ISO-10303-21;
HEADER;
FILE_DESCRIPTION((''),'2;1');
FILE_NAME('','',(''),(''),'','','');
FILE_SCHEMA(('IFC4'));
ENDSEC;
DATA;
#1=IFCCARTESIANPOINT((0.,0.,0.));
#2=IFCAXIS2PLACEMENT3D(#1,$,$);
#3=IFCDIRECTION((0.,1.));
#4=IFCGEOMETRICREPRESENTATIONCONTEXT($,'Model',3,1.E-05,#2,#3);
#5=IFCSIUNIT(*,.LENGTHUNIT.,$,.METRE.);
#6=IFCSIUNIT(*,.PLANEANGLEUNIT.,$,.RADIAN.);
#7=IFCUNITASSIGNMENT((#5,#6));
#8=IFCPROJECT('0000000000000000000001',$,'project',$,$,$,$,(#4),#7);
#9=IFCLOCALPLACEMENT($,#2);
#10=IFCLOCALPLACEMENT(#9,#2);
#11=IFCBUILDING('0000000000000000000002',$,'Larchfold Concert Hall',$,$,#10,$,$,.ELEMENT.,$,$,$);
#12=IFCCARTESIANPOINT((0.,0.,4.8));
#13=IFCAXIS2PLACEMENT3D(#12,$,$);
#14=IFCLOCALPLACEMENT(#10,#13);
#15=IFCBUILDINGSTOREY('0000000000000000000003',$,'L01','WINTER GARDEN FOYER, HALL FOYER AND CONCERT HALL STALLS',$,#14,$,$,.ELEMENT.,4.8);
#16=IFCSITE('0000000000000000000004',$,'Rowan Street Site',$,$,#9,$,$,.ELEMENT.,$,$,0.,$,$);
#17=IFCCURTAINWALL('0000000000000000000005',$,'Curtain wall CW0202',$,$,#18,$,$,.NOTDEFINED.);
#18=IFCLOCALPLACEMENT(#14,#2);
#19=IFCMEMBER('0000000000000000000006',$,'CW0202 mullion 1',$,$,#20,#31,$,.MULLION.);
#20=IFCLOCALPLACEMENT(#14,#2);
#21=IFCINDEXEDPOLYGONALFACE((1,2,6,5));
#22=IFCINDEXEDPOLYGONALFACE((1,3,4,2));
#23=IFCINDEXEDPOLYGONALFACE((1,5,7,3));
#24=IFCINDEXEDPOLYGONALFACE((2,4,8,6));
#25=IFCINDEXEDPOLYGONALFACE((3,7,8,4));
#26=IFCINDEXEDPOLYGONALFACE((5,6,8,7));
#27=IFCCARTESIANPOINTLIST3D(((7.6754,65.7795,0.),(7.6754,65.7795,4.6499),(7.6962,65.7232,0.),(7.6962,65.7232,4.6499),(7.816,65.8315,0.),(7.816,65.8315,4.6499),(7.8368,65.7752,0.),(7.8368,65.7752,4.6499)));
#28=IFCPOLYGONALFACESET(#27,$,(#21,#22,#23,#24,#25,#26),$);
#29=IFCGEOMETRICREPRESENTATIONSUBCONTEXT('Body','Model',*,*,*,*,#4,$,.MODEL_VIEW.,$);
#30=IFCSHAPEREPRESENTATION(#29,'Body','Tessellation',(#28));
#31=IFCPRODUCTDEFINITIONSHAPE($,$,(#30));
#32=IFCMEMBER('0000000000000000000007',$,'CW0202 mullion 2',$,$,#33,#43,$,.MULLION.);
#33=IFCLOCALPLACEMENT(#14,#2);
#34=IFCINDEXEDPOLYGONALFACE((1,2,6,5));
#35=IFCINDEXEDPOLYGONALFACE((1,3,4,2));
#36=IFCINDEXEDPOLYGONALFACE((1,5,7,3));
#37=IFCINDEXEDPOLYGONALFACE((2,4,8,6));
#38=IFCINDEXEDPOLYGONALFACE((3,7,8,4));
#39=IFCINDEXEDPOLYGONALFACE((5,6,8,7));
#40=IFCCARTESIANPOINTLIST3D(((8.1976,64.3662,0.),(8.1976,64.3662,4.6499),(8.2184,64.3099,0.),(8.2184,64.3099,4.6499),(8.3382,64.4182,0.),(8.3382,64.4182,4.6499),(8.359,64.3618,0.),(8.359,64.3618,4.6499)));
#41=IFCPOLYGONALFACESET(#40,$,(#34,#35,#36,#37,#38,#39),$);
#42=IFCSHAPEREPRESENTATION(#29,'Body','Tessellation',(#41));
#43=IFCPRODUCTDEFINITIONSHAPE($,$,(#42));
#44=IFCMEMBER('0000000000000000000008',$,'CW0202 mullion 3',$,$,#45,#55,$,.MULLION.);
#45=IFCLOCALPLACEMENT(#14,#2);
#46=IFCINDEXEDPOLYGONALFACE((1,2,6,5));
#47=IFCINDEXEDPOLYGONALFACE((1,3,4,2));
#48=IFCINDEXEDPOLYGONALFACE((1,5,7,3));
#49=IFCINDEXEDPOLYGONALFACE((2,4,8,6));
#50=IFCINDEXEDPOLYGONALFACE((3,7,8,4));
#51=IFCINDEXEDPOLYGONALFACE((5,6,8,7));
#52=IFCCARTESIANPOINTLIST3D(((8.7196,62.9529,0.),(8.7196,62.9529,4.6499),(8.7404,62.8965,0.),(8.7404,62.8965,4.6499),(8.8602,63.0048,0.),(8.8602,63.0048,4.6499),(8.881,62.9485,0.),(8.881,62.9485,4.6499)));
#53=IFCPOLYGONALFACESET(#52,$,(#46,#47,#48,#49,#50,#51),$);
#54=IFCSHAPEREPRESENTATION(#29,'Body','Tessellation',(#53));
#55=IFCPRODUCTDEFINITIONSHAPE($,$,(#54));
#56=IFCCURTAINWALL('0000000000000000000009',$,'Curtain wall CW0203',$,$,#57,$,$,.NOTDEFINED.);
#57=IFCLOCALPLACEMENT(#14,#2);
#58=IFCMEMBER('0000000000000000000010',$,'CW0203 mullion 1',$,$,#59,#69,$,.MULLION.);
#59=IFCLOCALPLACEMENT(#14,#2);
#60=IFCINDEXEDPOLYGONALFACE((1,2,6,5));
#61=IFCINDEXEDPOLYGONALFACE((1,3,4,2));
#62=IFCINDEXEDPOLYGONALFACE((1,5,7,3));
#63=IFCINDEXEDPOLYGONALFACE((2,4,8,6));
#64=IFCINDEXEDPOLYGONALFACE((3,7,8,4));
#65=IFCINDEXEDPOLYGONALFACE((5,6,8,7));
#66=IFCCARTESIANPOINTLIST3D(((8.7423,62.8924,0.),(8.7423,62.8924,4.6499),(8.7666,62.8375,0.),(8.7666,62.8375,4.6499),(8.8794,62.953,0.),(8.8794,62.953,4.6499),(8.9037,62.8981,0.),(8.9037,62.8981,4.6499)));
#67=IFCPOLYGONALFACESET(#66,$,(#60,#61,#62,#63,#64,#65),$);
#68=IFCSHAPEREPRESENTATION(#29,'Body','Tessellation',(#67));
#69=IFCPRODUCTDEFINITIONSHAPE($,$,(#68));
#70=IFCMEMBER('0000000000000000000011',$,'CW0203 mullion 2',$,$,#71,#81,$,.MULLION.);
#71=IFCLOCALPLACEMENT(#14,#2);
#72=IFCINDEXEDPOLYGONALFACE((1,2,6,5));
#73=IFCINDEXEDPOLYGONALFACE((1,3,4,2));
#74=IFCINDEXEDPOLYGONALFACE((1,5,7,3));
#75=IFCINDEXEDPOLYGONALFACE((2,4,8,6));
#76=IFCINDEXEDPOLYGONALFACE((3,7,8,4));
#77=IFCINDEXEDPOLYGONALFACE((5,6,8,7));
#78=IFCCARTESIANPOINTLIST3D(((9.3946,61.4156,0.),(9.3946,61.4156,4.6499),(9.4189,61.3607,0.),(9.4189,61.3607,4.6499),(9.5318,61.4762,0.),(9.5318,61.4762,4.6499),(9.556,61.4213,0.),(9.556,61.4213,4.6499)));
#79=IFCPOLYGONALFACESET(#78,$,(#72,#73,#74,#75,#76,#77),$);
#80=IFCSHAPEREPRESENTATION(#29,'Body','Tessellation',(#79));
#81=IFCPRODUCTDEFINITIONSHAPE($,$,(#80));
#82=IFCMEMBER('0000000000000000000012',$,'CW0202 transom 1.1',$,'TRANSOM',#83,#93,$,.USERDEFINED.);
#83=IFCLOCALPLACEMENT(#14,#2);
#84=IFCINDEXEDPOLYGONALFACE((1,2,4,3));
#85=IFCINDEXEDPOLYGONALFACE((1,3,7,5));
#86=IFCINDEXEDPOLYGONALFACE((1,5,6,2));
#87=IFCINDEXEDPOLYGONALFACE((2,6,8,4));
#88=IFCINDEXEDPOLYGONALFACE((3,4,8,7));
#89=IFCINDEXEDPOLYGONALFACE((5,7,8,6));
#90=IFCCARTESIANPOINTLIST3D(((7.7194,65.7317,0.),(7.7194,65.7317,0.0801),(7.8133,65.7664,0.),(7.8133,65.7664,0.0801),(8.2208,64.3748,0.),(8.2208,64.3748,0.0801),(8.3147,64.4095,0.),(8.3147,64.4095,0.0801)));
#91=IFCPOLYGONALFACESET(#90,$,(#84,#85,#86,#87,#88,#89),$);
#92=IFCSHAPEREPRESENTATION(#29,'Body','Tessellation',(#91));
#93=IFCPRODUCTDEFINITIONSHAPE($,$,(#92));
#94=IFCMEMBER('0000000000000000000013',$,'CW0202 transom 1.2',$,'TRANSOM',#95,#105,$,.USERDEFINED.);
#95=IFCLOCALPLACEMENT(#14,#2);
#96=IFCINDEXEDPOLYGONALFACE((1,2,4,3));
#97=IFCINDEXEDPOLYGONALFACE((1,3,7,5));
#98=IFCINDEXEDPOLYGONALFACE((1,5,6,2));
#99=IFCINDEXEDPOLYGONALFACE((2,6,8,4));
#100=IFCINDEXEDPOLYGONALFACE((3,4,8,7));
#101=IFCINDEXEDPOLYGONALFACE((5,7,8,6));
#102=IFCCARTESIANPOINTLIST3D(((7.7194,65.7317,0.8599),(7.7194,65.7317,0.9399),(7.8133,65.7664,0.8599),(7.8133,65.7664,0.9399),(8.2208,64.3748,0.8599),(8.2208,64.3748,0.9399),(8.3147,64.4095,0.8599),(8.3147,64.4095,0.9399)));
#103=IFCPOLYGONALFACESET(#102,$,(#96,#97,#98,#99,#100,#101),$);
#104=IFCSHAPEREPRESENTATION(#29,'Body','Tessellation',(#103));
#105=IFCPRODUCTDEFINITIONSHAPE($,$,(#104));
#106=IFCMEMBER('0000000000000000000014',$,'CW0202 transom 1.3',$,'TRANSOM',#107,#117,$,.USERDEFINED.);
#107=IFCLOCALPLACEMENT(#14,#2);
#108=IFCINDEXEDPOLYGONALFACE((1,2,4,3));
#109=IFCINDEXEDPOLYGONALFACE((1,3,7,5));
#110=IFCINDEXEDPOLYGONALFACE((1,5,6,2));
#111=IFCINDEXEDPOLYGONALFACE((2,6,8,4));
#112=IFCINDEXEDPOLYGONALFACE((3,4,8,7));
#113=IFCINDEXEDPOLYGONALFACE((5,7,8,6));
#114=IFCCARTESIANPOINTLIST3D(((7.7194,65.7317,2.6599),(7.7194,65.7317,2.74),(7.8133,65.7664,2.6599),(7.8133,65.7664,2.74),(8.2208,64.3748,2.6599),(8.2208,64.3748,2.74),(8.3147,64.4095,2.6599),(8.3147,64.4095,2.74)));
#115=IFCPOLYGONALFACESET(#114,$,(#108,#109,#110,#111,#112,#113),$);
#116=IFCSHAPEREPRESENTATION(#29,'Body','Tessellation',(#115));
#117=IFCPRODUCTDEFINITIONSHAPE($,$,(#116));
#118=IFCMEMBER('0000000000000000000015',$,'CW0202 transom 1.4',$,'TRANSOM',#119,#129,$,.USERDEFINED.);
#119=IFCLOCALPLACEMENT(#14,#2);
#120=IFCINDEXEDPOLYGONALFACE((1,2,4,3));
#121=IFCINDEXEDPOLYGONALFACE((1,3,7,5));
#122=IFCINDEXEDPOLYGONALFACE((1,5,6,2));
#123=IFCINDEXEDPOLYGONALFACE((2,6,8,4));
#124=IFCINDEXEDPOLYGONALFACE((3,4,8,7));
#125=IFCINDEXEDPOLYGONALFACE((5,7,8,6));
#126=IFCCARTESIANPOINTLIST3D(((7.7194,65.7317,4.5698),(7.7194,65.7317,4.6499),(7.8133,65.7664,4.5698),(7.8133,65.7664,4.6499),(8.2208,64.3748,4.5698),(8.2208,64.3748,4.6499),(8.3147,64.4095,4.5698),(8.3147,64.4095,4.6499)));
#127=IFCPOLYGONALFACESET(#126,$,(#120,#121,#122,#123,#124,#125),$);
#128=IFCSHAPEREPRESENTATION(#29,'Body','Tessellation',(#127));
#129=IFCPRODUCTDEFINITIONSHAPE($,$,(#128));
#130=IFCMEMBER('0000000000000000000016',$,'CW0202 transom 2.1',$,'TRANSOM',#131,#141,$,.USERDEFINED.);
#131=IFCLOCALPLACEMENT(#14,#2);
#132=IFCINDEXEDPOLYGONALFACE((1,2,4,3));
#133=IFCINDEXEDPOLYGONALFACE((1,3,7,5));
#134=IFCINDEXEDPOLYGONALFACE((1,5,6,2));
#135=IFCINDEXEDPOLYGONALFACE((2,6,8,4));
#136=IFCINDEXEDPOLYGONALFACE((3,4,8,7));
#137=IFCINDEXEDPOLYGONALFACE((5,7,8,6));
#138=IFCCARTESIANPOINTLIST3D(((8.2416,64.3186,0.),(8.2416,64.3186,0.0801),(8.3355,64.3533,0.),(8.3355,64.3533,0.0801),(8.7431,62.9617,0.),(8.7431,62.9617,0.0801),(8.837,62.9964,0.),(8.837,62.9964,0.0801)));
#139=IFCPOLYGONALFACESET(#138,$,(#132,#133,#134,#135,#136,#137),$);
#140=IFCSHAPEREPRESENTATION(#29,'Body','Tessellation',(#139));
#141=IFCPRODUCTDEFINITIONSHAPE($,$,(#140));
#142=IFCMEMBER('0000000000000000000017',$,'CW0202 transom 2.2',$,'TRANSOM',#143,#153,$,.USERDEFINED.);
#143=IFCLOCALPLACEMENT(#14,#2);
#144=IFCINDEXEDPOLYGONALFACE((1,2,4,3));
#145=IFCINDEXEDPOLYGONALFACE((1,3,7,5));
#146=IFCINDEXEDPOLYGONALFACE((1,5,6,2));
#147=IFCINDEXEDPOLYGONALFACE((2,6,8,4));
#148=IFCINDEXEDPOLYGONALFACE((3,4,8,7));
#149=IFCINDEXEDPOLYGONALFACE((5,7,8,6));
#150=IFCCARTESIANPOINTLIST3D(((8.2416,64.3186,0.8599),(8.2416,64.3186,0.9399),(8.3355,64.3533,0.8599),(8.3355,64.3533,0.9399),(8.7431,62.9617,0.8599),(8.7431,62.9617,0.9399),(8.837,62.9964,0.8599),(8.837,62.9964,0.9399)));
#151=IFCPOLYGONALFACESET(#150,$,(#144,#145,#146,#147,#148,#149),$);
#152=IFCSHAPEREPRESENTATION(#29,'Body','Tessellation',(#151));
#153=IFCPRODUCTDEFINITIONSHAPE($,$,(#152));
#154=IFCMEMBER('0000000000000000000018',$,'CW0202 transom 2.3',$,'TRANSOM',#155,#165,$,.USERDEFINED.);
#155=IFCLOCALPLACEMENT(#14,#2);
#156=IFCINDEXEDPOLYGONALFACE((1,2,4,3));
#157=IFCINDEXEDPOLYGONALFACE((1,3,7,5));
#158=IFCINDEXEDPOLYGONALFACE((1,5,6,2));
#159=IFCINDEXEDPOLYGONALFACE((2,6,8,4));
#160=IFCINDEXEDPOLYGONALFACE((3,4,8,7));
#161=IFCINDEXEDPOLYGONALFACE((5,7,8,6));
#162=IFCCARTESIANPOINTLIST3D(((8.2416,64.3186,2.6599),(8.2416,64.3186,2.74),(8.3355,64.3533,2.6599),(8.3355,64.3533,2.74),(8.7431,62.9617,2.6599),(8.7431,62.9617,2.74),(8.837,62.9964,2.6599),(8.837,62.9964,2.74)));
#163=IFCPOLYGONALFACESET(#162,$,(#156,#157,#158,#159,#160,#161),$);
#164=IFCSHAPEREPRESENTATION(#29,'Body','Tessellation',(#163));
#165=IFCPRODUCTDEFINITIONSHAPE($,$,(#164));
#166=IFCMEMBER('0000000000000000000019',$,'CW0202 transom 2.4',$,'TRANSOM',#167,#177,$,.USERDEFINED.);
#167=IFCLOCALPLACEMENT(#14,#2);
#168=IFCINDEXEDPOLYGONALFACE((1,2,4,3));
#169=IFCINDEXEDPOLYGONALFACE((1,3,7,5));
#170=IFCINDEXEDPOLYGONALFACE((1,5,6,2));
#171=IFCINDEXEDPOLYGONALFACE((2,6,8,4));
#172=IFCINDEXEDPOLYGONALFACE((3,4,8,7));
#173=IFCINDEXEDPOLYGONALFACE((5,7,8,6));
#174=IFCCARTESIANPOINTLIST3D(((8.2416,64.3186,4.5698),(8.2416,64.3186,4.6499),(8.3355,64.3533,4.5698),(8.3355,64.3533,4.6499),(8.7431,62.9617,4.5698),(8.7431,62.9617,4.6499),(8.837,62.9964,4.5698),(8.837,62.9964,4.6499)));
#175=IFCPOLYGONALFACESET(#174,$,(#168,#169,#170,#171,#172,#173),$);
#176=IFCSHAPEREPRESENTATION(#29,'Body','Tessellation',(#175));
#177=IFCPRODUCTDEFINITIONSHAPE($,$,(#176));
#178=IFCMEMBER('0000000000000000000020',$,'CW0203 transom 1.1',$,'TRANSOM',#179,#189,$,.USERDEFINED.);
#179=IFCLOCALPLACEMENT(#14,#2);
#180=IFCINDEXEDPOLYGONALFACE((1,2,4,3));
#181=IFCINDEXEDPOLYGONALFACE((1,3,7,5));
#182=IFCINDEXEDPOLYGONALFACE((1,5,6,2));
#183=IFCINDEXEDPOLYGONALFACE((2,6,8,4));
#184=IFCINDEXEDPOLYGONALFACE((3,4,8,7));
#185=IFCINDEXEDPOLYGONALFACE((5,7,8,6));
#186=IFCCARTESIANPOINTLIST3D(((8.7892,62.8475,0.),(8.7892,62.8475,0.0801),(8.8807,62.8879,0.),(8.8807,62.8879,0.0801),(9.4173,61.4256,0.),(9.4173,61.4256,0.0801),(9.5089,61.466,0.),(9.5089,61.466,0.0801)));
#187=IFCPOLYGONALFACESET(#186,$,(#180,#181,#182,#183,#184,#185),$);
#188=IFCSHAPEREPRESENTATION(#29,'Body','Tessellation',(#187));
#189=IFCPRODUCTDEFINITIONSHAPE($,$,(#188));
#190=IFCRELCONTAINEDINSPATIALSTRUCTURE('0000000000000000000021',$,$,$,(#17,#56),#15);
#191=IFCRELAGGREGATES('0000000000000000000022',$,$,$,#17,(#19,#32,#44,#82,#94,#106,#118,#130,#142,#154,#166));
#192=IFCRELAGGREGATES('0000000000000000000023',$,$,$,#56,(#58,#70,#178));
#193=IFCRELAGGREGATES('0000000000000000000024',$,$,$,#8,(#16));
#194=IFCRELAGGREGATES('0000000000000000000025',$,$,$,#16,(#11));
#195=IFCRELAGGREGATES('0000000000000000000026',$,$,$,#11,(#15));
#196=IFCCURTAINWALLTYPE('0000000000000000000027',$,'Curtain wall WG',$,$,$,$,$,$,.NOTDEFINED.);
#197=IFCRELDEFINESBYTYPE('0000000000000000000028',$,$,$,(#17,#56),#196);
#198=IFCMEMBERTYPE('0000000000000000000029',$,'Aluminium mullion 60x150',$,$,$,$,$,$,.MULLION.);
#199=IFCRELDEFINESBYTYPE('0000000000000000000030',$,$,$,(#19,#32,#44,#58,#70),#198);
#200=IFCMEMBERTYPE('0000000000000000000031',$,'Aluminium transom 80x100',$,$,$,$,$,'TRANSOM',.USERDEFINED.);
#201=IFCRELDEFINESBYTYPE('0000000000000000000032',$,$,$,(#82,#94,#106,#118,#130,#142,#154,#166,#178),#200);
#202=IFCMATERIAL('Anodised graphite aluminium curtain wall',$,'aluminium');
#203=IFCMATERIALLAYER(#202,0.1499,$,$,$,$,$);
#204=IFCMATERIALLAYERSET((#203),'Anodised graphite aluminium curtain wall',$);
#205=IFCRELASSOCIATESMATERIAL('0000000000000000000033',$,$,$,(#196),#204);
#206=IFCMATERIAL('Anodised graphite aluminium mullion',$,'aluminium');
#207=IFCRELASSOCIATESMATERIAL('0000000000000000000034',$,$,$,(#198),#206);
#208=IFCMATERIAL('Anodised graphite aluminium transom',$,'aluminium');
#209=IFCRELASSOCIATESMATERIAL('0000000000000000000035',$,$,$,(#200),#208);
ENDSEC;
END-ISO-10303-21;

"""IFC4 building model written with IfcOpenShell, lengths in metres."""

from ifc_helpers import new_model, si_unit, direction, frame, origin, origin_2d, place, context, subcontext, project, spatial, rectangle, extrude, material, layer, layer_set, material_profile, profile_set, type_object, element, aggregate, save


model = new_model("IFC4")

# Units and contexts
model_context = context("Model", 3, precision=1e-05, world=origin(), true_north=direction((0.0, 1.0)))
body_context = subcontext(model_context, "Body", "Model", "MODEL_VIEW")
ifc_project = project(units=[si_unit("LENGTHUNIT", "METRE"), si_unit("PLANEANGLEUNIT", "RADIAN")], contexts=[model_context])

# Site, building, storey
site_placement = place(None, origin())
site = spatial("IfcSite", under=ifc_project, at=site_placement, Name="Rowan Street Site", CompositionType="ELEMENT", RefElevation=0.0)
building_placement = place(site_placement, origin())
building = spatial("IfcBuilding", under=site, at=building_placement, Name="Larchfold Concert Hall", CompositionType="ELEMENT")
storey_placement = place(building_placement, frame((0.0, 0.0, 4.8)))
storey = spatial("IfcBuildingStorey", under=building, at=storey_placement, Name="L01", Description="WINTER GARDEN FOYER, HALL FOYER AND CONCERT HALL STALLS", CompositionType="ELEMENT", Elevation=4.8)

# Curtain walls, members
ifc_material_1 = material(Name="Anodised graphite aluminium curtain wall", Category="aluminium")
ifc_layer_1 = layer(ifc_material_1, 0.1499)
ifc_layer_set_1 = layer_set([ifc_layer_1], Name="Anodised graphite aluminium curtain wall")
curtain_wall_type = type_object("IfcCurtainWallType", Name="Curtain wall WG", PredefinedType="NOTDEFINED", material=ifc_layer_set_1)
curtain_wall_1_placement = place(storey_placement, origin())
curtain_wall_1 = element("IfcCurtainWall", 1, at=curtain_wall_1_placement, inside=storey, type_object=curtain_wall_type, Name="Curtain wall CW0202", PredefinedType="NOTDEFINED")
ifc_material_2 = material(Name="Anodised graphite aluminium mullion", Category="aluminium")
ifc_material_profile_1 = material_profile(ifc_material_2, rectangle(XDim=0.1499, YDim=0.0601, at=origin_2d()))
ifc_profile_set_1 = profile_set([ifc_material_profile_1], Name="Anodised graphite aluminium mullion")
member_type_1 = type_object("IfcMemberType", Name="Aluminium mullion 60x150", PredefinedType="MULLION", material=ifc_profile_set_1)
member_1_placement = place(storey_placement, frame((7.7561, 65.7773, 0.0), z_axis=(0.0, 0.0, 1.0), x_axis=(0.938016, 0.346592, 0.0)))
member_1 = element("IfcMember", 2, at=member_1_placement, type_object=member_type_1, Name="CW0202 mullion 1", PredefinedType="MULLION", context=body_context, shape_type="SweptSolid", body=[
    extrude(rectangle(XDim=0.1499, YDim=0.0601, at=origin_2d()), origin(), (0.0, 0.0, 1.0), 4.6499),
])
member_2_placement = place(storey_placement, frame((8.2783, 64.364, 0.0), z_axis=(0.0, 0.0, 1.0), x_axis=(0.938016, 0.346592, 0.0)))
member_2 = element("IfcMember", 3, at=member_2_placement, type_object=member_type_1, Name="CW0202 mullion 2", PredefinedType="MULLION", context=body_context, shape_type="SweptSolid", body=[
    extrude(rectangle(XDim=0.1499, YDim=0.0601, at=origin_2d()), origin(), (0.0, 0.0, 1.0), 4.6499),
])
member_3_placement = place(storey_placement, frame((8.8003, 62.9507, 0.0), z_axis=(0.0, 0.0, 1.0), x_axis=(0.938016, 0.346592, 0.0)))
member_3 = element("IfcMember", 4, at=member_3_placement, type_object=member_type_1, Name="CW0202 mullion 3", PredefinedType="MULLION", context=body_context, shape_type="SweptSolid", body=[
    extrude(rectangle(XDim=0.1499, YDim=0.0601, at=origin_2d()), origin(), (0.0, 0.0, 1.0), 4.6499),
])
curtain_wall_2_placement = place(storey_placement, origin())
curtain_wall_2 = element("IfcCurtainWall", 5, at=curtain_wall_2_placement, inside=storey, type_object=curtain_wall_type, Name="Curtain wall CW0203", PredefinedType="NOTDEFINED")
member_4_placement = place(storey_placement, frame((8.823, 62.8953, 0.0), z_axis=(0.0, 0.0, 1.0), x_axis=(0.914703, 0.404126, 0.0)))
member_4 = element("IfcMember", 6, at=member_4_placement, type_object=member_type_1, Name="CW0203 mullion 1", PredefinedType="MULLION", context=body_context, shape_type="SweptSolid", body=[
    extrude(rectangle(XDim=0.1499, YDim=0.0601, at=origin_2d()), origin(), (0.0, 0.0, 1.0), 4.6499),
])
member_5_placement = place(storey_placement, frame((9.4753, 61.4185, 0.0), z_axis=(0.0, 0.0, 1.0), x_axis=(0.914703, 0.404126, 0.0)))
member_5 = element("IfcMember", 7, at=member_5_placement, type_object=member_type_1, Name="CW0203 mullion 2", PredefinedType="MULLION", context=body_context, shape_type="SweptSolid", body=[
    extrude(rectangle(XDim=0.1499, YDim=0.0601, at=origin_2d()), origin(), (0.0, 0.0, 1.0), 4.6499),
])

# Members
ifc_material_3 = material(Name="Anodised graphite aluminium transom", Category="aluminium")
ifc_material_profile_2 = material_profile(ifc_material_3, rectangle(XDim=0.1001, YDim=0.0801, at=origin_2d()))
ifc_profile_set_2 = profile_set([ifc_material_profile_2], Name="Anodised graphite aluminium transom")
member_type_2 = type_object("IfcMemberType", Name="Aluminium transom 80x100", ElementType="TRANSOM", PredefinedType="USERDEFINED", material=ifc_profile_set_2)
member_6_placement = place(storey_placement, frame((7.7664, 65.749, 0.04), z_axis=(0.346644, -0.937997, 0.0), x_axis=(0.937997, 0.346644, 0.0)))
member_6 = element("IfcMember", 8, at=member_6_placement, type_object=member_type_2, Name="CW0202 transom 1.1", ObjectType="TRANSOM", PredefinedType="USERDEFINED", context=body_context, shape_type="SweptSolid", body=[
    extrude(rectangle(XDim=0.1001, YDim=0.0801, at=origin_2d()), origin(), (0.0, 0.0, 1.0), 1.4465),
])
member_7_placement = place(storey_placement, frame((7.7664, 65.749, 0.8999), z_axis=(0.346644, -0.937997, 0.0), x_axis=(0.937997, 0.346644, 0.0)))
member_7 = element("IfcMember", 9, at=member_7_placement, type_object=member_type_2, Name="CW0202 transom 1.2", ObjectType="TRANSOM", PredefinedType="USERDEFINED", context=body_context, shape_type="SweptSolid", body=[
    extrude(rectangle(XDim=0.1001, YDim=0.0801, at=origin_2d()), origin(), (0.0, 0.0, 1.0), 1.4465),
])
member_8_placement = place(storey_placement, frame((7.7664, 65.749, 2.7), z_axis=(0.346644, -0.937997, 0.0), x_axis=(0.937997, 0.346644, 0.0)))
member_8 = element("IfcMember", 10, at=member_8_placement, type_object=member_type_2, Name="CW0202 transom 1.3", ObjectType="TRANSOM", PredefinedType="USERDEFINED", context=body_context, shape_type="SweptSolid", body=[
    extrude(rectangle(XDim=0.1001, YDim=0.0801, at=origin_2d()), origin(), (0.0, 0.0, 1.0), 1.4465),
])
member_9_placement = place(storey_placement, frame((7.7664, 65.749, 4.6099), z_axis=(0.346644, -0.937997, 0.0), x_axis=(0.937997, 0.346644, 0.0)))
member_9 = element("IfcMember", 11, at=member_9_placement, type_object=member_type_2, Name="CW0202 transom 1.4", ObjectType="TRANSOM", PredefinedType="USERDEFINED", context=body_context, shape_type="SweptSolid", body=[
    extrude(rectangle(XDim=0.1001, YDim=0.0801, at=origin_2d()), origin(), (0.0, 0.0, 1.0), 1.4465),
])
member_10_placement = place(storey_placement, frame((8.2886, 64.3359, 0.04), z_axis=(0.346644, -0.937997, 0.0), x_axis=(0.937997, 0.346644, 0.0)))
member_10 = element("IfcMember", 12, at=member_10_placement, type_object=member_type_2, Name="CW0202 transom 2.1", ObjectType="TRANSOM", PredefinedType="USERDEFINED", context=body_context, shape_type="SweptSolid", body=[
    extrude(rectangle(XDim=0.1001, YDim=0.0801, at=origin_2d()), origin(), (0.0, 0.0, 1.0), 1.4465),
])
member_11_placement = place(storey_placement, frame((8.2886, 64.3359, 0.8999), z_axis=(0.346644, -0.937997, 0.0), x_axis=(0.937997, 0.346644, 0.0)))
member_11 = element("IfcMember", 13, at=member_11_placement, type_object=member_type_2, Name="CW0202 transom 2.2", ObjectType="TRANSOM", PredefinedType="USERDEFINED", context=body_context, shape_type="SweptSolid", body=[
    extrude(rectangle(XDim=0.1001, YDim=0.0801, at=origin_2d()), origin(), (0.0, 0.0, 1.0), 1.4465),
])
member_12_placement = place(storey_placement, frame((8.2886, 64.3359, 2.7), z_axis=(0.346644, -0.937997, 0.0), x_axis=(0.937997, 0.346644, 0.0)))
member_12 = element("IfcMember", 14, at=member_12_placement, type_object=member_type_2, Name="CW0202 transom 2.3", ObjectType="TRANSOM", PredefinedType="USERDEFINED", context=body_context, shape_type="SweptSolid", body=[
    extrude(rectangle(XDim=0.1001, YDim=0.0801, at=origin_2d()), origin(), (0.0, 0.0, 1.0), 1.4465),
])
member_13_placement = place(storey_placement, frame((8.2886, 64.3359, 4.6099), z_axis=(0.346644, -0.937997, 0.0), x_axis=(0.937997, 0.346644, 0.0)))
member_13 = element("IfcMember", 15, at=member_13_placement, type_object=member_type_2, Name="CW0202 transom 2.4", ObjectType="TRANSOM", PredefinedType="USERDEFINED", context=body_context, shape_type="SweptSolid", body=[
    extrude(rectangle(XDim=0.1001, YDim=0.0801, at=origin_2d()), origin(), (0.0, 0.0, 1.0), 1.4465),
])
member_14_placement = place(storey_placement, frame((8.835, 62.8677, 0.04), z_axis=(0.404112, -0.91471, 0.0), x_axis=(0.91471, 0.404112, 0.0)))
member_14 = element("IfcMember", 16, at=member_14_placement, type_object=member_type_2, Name="CW0203 transom 1.1", ObjectType="TRANSOM", PredefinedType="USERDEFINED", context=body_context, shape_type="SweptSolid", body=[
    extrude(rectangle(XDim=0.1001, YDim=0.0801, at=origin_2d()), origin(), (0.0, 0.0, 1.0), 1.5544),
])

aggregate(curtain_wall_1, [member_1, member_2, member_3, member_6, member_7, member_8, member_9, member_10, member_11, member_12, member_13])
aggregate(curtain_wall_2, [member_4, member_5, member_14])

save(model, "model.ifc")
